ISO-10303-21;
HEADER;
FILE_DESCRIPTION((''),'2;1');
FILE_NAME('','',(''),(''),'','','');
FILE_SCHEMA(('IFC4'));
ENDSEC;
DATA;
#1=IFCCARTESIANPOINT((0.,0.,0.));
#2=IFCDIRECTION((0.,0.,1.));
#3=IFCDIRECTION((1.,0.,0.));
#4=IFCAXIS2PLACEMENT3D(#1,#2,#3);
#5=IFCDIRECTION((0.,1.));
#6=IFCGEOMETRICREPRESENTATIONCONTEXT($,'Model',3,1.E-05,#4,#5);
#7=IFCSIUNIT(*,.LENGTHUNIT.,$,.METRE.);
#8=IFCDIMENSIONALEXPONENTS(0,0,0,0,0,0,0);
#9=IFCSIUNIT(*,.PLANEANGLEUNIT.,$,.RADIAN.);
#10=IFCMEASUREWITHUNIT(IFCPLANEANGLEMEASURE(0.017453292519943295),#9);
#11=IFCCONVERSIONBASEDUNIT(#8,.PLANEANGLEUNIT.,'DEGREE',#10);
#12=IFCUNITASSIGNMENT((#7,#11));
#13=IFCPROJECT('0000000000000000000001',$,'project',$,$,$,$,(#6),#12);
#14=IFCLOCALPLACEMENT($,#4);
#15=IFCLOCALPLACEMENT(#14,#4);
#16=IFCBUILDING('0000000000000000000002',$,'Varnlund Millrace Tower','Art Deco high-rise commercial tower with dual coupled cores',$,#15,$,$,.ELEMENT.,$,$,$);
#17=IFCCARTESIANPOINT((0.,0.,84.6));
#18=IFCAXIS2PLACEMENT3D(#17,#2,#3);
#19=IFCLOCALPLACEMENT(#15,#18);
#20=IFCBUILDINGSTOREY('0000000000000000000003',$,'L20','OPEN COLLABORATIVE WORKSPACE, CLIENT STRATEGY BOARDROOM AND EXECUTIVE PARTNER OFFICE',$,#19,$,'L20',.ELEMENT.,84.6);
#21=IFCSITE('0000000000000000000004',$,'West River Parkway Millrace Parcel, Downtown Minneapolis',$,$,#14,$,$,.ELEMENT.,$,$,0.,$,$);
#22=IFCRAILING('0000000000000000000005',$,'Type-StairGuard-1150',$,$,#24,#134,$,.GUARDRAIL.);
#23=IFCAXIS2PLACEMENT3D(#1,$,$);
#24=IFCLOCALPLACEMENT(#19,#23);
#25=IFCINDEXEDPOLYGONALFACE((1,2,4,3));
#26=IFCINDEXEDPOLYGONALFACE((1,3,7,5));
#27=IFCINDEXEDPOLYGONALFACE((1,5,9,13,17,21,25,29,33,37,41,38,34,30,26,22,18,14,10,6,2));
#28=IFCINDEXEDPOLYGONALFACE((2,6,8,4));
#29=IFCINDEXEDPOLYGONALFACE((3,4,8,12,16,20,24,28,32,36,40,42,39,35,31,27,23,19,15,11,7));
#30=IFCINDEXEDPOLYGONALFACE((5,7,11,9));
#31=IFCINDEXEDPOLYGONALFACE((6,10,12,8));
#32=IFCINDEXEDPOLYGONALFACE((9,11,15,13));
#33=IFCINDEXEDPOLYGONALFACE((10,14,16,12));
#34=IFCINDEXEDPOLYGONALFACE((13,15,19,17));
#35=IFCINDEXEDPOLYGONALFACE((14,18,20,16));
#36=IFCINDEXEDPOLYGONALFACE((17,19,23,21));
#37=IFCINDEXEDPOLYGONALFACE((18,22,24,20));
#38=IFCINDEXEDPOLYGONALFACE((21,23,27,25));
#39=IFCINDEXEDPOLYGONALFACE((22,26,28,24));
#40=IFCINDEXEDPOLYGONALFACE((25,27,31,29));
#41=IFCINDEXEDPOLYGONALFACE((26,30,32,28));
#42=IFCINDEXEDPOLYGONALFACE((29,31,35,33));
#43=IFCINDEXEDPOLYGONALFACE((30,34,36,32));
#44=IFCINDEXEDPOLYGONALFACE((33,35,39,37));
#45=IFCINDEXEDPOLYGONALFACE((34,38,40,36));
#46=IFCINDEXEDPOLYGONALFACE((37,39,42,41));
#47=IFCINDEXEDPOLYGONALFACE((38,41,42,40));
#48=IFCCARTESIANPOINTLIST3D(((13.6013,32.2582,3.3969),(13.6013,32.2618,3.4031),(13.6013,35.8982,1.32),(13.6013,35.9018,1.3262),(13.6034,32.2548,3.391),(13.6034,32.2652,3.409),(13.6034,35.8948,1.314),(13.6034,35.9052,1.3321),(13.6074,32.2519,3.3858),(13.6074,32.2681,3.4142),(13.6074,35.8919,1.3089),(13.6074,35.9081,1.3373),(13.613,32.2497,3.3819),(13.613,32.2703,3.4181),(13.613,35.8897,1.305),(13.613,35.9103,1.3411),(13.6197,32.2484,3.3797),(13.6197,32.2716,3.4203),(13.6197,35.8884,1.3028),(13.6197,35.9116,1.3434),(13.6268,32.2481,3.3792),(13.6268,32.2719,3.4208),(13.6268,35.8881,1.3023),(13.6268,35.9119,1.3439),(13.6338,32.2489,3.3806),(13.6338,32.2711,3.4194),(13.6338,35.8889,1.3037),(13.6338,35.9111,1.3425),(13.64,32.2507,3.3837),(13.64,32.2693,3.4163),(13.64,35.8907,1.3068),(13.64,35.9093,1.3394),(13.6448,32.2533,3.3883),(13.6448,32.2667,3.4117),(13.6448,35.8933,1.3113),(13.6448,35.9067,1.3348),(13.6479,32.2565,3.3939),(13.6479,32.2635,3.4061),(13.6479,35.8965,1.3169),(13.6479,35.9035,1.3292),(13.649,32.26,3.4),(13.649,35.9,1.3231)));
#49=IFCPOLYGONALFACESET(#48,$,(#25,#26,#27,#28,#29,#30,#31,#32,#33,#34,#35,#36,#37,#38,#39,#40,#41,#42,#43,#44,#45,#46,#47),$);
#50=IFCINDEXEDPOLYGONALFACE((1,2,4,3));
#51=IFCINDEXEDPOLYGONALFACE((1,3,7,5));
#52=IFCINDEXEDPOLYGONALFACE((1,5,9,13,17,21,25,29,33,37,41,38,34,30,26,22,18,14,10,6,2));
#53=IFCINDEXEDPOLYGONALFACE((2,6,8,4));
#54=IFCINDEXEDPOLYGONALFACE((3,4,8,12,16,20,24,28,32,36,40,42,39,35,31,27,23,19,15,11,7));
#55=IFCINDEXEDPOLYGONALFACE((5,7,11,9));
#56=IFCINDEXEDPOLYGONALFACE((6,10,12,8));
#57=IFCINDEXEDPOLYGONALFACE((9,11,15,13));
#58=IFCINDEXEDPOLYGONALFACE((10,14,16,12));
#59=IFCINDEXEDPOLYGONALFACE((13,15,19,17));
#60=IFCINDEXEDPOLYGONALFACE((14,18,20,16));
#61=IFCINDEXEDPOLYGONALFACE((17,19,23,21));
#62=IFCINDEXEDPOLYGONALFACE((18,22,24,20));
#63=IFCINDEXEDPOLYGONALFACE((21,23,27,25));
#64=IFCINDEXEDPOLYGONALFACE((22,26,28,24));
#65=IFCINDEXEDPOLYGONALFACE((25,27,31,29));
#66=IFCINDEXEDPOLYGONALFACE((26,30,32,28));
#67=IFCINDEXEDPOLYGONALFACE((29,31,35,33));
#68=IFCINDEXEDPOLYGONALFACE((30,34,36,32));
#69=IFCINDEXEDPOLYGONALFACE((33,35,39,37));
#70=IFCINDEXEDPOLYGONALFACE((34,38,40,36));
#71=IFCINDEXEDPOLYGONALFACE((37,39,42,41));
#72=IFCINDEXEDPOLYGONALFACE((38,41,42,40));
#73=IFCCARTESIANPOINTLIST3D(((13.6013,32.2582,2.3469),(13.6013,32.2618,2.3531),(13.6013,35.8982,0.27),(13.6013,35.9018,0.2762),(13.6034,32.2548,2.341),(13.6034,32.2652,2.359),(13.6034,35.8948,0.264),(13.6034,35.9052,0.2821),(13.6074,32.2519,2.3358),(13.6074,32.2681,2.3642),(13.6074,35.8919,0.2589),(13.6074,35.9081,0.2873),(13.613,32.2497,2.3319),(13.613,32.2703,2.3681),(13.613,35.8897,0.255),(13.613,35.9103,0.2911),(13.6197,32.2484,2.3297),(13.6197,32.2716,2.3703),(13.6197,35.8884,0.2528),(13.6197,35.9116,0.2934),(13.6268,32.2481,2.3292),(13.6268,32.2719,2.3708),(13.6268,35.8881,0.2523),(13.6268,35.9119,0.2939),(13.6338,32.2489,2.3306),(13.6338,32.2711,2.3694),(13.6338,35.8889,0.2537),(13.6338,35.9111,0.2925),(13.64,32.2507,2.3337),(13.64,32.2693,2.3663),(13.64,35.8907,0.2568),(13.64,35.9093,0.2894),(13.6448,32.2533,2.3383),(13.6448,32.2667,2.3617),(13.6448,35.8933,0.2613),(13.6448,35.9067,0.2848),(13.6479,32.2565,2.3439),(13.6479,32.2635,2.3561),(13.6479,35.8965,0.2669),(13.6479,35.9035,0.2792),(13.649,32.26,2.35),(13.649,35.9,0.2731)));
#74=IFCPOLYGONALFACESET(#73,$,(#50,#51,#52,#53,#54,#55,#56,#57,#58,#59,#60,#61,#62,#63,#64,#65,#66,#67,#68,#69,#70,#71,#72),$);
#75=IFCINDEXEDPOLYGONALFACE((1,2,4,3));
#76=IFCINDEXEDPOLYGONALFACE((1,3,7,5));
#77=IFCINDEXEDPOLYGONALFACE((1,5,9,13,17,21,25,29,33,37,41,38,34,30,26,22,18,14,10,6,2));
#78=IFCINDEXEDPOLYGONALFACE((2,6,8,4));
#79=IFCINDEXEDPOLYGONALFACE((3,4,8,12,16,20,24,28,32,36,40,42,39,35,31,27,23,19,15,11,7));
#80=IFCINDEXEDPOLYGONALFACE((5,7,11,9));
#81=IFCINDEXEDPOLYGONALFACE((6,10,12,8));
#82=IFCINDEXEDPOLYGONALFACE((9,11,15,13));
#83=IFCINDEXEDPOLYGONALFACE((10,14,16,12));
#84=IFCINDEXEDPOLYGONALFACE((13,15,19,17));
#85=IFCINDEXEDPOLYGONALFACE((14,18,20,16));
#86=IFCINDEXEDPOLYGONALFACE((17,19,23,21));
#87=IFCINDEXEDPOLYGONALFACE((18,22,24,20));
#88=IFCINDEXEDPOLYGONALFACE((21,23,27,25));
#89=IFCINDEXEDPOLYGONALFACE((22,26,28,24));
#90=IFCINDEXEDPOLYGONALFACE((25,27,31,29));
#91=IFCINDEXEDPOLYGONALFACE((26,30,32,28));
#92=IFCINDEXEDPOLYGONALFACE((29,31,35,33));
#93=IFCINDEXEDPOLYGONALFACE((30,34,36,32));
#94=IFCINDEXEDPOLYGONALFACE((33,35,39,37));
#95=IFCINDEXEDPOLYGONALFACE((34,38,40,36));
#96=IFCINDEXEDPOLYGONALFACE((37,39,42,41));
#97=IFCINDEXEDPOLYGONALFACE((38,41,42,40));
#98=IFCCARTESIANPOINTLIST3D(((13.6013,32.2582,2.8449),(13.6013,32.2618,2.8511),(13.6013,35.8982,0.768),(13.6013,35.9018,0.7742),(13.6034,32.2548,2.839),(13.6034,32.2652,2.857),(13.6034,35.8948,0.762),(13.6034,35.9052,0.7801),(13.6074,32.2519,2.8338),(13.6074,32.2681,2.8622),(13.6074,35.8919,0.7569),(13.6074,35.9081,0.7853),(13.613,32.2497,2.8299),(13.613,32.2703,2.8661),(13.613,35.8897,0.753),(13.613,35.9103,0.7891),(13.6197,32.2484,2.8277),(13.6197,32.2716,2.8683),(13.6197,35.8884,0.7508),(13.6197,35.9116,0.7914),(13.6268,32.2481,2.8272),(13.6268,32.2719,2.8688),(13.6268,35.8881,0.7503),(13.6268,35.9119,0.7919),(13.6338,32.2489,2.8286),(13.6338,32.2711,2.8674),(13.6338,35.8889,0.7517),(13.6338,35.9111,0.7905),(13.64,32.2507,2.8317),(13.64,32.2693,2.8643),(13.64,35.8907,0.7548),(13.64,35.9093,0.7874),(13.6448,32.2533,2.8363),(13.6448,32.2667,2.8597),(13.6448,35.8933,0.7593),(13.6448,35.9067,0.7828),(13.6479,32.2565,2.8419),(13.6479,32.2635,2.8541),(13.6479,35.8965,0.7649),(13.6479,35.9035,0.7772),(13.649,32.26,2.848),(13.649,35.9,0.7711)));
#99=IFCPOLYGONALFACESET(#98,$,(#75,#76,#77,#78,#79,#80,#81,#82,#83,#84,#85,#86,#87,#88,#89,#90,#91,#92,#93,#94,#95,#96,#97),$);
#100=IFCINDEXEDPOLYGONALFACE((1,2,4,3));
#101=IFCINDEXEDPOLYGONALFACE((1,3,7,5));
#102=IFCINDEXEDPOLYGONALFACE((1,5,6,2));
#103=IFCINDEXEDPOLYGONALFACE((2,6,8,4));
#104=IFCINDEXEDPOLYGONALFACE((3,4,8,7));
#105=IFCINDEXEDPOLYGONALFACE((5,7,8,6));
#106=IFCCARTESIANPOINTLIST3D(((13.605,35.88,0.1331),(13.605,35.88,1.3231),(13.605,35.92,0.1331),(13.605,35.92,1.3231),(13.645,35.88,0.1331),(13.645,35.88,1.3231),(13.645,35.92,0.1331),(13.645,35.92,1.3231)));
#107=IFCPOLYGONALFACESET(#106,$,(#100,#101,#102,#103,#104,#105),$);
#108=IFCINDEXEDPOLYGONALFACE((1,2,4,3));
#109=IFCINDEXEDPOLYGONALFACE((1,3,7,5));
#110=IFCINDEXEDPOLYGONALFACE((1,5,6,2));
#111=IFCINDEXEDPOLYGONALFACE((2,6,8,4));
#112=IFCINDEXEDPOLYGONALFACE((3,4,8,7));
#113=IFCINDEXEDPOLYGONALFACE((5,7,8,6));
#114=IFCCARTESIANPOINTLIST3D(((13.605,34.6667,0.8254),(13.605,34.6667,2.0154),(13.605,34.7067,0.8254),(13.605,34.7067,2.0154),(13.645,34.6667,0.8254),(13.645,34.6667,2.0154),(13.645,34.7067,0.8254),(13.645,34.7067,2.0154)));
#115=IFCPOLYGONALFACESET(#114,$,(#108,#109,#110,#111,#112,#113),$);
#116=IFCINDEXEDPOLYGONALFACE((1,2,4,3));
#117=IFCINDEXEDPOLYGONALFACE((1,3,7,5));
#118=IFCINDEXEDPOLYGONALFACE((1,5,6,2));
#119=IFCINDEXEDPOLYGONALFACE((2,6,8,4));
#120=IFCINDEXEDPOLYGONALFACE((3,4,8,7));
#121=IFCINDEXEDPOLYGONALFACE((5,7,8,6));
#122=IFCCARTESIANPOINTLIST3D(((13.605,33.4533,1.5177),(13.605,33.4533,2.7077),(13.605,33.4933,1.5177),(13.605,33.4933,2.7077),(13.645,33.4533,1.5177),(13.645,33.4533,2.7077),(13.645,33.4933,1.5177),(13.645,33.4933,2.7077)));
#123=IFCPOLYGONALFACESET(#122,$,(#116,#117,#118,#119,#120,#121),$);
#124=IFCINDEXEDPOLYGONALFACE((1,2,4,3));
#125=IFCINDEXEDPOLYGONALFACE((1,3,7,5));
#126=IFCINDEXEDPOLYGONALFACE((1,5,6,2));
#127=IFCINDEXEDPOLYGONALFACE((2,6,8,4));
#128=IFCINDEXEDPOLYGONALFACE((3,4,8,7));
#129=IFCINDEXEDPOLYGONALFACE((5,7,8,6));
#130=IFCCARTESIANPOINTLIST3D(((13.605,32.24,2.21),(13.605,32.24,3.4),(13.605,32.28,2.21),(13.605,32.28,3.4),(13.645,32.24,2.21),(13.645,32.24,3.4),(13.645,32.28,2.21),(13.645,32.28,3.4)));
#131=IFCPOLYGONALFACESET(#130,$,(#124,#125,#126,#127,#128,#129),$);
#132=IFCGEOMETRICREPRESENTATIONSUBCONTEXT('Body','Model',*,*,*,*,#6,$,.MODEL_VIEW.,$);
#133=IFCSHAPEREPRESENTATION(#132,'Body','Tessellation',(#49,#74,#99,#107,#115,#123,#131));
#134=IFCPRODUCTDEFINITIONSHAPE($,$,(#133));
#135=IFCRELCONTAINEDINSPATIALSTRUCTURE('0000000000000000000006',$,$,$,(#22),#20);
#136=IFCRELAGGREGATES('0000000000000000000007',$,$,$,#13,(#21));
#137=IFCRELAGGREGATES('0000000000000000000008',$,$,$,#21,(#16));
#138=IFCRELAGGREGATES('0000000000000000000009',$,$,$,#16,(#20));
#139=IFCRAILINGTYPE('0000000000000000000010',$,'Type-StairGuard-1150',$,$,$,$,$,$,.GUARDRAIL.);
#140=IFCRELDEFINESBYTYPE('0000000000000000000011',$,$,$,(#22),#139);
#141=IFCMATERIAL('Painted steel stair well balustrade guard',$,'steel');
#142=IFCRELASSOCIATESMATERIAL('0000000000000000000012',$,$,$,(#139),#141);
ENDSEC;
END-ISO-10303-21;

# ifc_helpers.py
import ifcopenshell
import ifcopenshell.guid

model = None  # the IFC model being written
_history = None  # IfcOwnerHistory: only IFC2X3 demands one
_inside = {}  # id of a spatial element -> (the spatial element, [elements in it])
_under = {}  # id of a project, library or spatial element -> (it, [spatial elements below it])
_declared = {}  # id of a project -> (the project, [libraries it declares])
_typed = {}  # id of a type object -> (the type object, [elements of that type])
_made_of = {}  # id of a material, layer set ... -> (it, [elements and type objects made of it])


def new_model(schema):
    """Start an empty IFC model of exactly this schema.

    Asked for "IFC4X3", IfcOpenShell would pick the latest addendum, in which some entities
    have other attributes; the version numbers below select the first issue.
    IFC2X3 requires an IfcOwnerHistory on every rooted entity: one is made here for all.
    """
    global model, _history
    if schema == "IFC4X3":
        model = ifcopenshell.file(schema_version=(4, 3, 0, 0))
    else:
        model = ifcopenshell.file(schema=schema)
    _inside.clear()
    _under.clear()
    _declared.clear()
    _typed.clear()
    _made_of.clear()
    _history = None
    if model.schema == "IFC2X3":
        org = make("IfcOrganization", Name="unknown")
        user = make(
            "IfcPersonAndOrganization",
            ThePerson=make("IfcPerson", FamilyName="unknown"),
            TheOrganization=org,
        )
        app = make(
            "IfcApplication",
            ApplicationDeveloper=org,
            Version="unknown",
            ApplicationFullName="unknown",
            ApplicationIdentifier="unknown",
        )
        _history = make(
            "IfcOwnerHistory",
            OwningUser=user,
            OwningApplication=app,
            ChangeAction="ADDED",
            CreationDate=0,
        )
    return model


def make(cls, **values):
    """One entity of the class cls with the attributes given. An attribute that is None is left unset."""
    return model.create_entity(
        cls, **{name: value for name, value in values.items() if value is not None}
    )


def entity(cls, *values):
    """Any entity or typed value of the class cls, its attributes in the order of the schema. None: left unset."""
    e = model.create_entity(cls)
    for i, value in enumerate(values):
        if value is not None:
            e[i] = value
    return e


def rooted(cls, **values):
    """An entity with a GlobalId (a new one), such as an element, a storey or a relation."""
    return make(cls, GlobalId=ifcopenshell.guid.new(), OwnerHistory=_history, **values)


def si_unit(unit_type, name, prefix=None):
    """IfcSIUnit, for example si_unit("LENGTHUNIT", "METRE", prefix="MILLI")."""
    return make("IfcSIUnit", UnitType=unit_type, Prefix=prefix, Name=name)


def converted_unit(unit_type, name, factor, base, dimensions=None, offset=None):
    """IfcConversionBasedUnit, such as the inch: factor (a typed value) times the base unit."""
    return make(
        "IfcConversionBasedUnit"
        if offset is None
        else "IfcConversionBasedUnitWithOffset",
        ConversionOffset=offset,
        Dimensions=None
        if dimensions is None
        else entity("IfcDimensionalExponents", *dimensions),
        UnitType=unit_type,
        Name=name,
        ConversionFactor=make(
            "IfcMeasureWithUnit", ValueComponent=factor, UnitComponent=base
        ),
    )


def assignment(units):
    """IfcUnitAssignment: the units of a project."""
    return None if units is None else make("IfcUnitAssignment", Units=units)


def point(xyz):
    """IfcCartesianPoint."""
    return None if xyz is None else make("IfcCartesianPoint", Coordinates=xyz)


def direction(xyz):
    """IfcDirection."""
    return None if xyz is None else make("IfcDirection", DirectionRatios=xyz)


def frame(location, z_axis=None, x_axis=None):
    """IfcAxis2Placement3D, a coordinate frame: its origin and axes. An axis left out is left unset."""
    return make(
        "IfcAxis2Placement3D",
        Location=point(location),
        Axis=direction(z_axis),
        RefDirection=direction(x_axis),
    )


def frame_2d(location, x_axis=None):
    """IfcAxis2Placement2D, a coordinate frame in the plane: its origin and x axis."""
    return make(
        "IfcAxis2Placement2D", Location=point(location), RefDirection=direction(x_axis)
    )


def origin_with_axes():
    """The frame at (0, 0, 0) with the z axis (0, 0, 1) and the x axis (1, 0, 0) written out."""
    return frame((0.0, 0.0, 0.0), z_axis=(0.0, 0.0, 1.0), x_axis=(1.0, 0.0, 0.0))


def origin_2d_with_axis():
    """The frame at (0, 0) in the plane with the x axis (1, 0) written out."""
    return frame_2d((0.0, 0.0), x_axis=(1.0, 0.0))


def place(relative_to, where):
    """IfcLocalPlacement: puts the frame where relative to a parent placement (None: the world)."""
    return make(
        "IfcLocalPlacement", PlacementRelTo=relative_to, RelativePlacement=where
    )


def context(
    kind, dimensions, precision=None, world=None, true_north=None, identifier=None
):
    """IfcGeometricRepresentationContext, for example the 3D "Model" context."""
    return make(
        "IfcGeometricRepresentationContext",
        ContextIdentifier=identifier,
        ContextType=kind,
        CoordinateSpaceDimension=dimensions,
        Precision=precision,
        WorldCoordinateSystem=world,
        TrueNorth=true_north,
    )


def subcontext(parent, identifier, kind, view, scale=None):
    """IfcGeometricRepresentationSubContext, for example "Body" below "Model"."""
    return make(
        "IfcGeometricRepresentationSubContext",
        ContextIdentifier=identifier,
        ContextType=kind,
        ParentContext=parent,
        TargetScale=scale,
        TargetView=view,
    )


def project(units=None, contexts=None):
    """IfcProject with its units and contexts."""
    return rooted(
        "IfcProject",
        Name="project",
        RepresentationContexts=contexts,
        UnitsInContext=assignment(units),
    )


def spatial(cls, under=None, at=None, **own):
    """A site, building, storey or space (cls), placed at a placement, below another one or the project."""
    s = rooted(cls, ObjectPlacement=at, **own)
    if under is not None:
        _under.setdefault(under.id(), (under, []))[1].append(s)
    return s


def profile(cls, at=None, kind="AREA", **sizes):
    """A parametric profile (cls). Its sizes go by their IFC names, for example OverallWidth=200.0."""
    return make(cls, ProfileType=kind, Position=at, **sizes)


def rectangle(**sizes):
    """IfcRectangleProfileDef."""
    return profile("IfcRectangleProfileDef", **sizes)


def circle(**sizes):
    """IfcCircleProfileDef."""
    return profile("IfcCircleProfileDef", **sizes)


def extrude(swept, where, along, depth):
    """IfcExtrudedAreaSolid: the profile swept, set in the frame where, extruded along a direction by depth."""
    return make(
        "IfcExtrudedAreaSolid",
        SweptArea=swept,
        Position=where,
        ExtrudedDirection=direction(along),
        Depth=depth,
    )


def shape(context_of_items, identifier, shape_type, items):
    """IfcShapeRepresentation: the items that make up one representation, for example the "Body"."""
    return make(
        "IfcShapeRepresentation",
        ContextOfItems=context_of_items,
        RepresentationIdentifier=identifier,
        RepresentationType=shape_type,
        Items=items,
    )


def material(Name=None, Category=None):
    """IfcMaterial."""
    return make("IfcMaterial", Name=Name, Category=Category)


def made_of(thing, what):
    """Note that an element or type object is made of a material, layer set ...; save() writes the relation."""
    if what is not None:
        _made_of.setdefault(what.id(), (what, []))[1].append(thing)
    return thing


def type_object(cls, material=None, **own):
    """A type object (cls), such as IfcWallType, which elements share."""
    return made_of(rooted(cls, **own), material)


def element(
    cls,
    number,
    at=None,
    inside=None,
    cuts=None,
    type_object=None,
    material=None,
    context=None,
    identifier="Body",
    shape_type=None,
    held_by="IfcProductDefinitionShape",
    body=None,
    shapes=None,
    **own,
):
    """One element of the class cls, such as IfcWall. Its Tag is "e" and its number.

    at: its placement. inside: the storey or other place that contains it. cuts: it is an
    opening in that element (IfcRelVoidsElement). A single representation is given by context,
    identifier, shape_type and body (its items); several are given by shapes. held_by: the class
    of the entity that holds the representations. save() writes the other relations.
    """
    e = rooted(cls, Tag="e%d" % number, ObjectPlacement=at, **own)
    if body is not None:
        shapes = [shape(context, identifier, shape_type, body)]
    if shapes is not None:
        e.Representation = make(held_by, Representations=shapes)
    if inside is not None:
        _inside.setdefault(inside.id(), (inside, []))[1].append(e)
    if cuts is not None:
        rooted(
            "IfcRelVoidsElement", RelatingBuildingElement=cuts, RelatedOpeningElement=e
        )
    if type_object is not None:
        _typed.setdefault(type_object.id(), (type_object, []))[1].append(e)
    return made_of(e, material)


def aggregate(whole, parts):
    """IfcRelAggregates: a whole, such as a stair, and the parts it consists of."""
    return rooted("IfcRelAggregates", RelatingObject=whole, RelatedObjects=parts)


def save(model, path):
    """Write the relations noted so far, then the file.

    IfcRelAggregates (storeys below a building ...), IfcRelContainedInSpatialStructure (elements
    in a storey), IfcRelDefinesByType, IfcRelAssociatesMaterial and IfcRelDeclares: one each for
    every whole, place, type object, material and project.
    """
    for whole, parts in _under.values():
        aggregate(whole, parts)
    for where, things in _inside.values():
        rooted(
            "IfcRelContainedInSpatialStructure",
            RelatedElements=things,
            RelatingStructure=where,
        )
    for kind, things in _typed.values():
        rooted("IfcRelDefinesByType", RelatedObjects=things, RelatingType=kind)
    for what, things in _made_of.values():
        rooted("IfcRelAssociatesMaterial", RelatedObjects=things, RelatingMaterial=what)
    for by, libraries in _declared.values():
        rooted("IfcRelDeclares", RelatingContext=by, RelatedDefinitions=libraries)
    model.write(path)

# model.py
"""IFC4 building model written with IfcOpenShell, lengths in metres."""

from ifc_helpers import new_model, entity, si_unit, converted_unit, direction, frame, origin_with_axes, origin_2d_with_axis, place, context, subcontext, project, spatial, rectangle, circle, extrude, material, type_object, element, save


model = new_model("IFC4")

# Units and contexts
model_context = context("Model", 3, precision=1e-05, world=origin_with_axes(), true_north=direction((0.0, 1.0)))
body_context = subcontext(model_context, "Body", "Model", "MODEL_VIEW")
ifc_project = project(units=[si_unit("LENGTHUNIT", "METRE"), converted_unit("PLANEANGLEUNIT", "DEGREE", entity("IfcPlaneAngleMeasure", 0.017453292519943295), si_unit("PLANEANGLEUNIT", "RADIAN"), dimensions=[0, 0, 0, 0, 0, 0, 0])], contexts=[model_context])

# Site, building, storey
site_placement = place(None, origin_with_axes())
site = spatial("IfcSite", under=ifc_project, at=site_placement, Name="West River Parkway Millrace Parcel, Downtown Minneapolis", CompositionType="ELEMENT", RefElevation=0.0)
building_placement = place(site_placement, origin_with_axes())
building = spatial("IfcBuilding", under=site, at=building_placement, Name="Varnlund Millrace Tower", Description="Art Deco high-rise commercial tower with dual coupled cores", CompositionType="ELEMENT")
storey_placement = place(building_placement, frame((0.0, 0.0, 84.6), z_axis=(0.0, 0.0, 1.0), x_axis=(1.0, 0.0, 0.0)))
storey = spatial("IfcBuildingStorey", under=building, at=storey_placement, Name="L20", Description="OPEN COLLABORATIVE WORKSPACE, CLIENT STRATEGY BOARDROOM AND EXECUTIVE PARTNER OFFICE", LongName="L20", CompositionType="ELEMENT", Elevation=84.6)

# Railing
ifc_material_1 = material(Name="Painted steel stair well balustrade guard", Category="steel")
railing_type_1 = type_object("IfcRailingType", Name="Type-StairGuard-1150", PredefinedType="GUARDRAIL", material=ifc_material_1)
railing_1_placement = place(storey_placement, frame((0.0, 0.0, -84.6), z_axis=(0.0, 0.0, 1.0), x_axis=(1.0, 0.0, 0.0)))
element("IfcRailing", 1, at=railing_1_placement, inside=storey, type_object=railing_type_1, Name="Type-StairGuard-1150", PredefinedType="GUARDRAIL", context=body_context, shape_type="SweptSolid", body=[
    extrude(circle(Radius=0.024, at=origin_2d_with_axis()), frame((13.625, 35.9, 85.9231), z_axis=(0.0, -0.868559, 0.495585), x_axis=(1.0, 0.0, 0.0)), (0.0, 0.0, 1.0), 4.1908),
    extrude(circle(Radius=0.024, at=origin_2d_with_axis()), frame((13.625, 35.9, 84.8731), z_axis=(0.0, -0.868559, 0.495585), x_axis=(1.0, 0.0, 0.0)), (0.0, 0.0, 1.0), 4.1908),
    extrude(circle(Radius=0.024, at=origin_2d_with_axis()), frame((13.625, 35.9, 85.3711), z_axis=(0.0, -0.868559, 0.495585), x_axis=(1.0, 0.0, 0.0)), (0.0, 0.0, 1.0), 4.1908),
    extrude(rectangle(XDim=0.04, YDim=0.04, at=origin_2d_with_axis()), frame((13.625, 35.9, 84.7331), z_axis=(0.0, 0.0, 1.0), x_axis=(1.0, 0.0, 0.0)), (0.0, 0.0, 1.0), 1.19),
    extrude(rectangle(XDim=0.04, YDim=0.04, at=origin_2d_with_axis()), frame((13.625, 34.6867, 85.4254), z_axis=(0.0, 0.0, 1.0), x_axis=(1.0, 0.0, 0.0)), (0.0, 0.0, 1.0), 1.19),
    extrude(rectangle(XDim=0.04, YDim=0.04, at=origin_2d_with_axis()), frame((13.625, 33.4733, 86.1177), z_axis=(0.0, 0.0, 1.0), x_axis=(1.0, 0.0, 0.0)), (0.0, 0.0, 1.0), 1.19),
    extrude(rectangle(XDim=0.04, YDim=0.04, at=origin_2d_with_axis()), frame((13.625, 32.26, 86.81), z_axis=(0.0, 0.0, 1.0), x_axis=(1.0, 0.0, 0.0)), (0.0, 0.0, 1.0), 1.19),
])

save(model, "model.ifc")
